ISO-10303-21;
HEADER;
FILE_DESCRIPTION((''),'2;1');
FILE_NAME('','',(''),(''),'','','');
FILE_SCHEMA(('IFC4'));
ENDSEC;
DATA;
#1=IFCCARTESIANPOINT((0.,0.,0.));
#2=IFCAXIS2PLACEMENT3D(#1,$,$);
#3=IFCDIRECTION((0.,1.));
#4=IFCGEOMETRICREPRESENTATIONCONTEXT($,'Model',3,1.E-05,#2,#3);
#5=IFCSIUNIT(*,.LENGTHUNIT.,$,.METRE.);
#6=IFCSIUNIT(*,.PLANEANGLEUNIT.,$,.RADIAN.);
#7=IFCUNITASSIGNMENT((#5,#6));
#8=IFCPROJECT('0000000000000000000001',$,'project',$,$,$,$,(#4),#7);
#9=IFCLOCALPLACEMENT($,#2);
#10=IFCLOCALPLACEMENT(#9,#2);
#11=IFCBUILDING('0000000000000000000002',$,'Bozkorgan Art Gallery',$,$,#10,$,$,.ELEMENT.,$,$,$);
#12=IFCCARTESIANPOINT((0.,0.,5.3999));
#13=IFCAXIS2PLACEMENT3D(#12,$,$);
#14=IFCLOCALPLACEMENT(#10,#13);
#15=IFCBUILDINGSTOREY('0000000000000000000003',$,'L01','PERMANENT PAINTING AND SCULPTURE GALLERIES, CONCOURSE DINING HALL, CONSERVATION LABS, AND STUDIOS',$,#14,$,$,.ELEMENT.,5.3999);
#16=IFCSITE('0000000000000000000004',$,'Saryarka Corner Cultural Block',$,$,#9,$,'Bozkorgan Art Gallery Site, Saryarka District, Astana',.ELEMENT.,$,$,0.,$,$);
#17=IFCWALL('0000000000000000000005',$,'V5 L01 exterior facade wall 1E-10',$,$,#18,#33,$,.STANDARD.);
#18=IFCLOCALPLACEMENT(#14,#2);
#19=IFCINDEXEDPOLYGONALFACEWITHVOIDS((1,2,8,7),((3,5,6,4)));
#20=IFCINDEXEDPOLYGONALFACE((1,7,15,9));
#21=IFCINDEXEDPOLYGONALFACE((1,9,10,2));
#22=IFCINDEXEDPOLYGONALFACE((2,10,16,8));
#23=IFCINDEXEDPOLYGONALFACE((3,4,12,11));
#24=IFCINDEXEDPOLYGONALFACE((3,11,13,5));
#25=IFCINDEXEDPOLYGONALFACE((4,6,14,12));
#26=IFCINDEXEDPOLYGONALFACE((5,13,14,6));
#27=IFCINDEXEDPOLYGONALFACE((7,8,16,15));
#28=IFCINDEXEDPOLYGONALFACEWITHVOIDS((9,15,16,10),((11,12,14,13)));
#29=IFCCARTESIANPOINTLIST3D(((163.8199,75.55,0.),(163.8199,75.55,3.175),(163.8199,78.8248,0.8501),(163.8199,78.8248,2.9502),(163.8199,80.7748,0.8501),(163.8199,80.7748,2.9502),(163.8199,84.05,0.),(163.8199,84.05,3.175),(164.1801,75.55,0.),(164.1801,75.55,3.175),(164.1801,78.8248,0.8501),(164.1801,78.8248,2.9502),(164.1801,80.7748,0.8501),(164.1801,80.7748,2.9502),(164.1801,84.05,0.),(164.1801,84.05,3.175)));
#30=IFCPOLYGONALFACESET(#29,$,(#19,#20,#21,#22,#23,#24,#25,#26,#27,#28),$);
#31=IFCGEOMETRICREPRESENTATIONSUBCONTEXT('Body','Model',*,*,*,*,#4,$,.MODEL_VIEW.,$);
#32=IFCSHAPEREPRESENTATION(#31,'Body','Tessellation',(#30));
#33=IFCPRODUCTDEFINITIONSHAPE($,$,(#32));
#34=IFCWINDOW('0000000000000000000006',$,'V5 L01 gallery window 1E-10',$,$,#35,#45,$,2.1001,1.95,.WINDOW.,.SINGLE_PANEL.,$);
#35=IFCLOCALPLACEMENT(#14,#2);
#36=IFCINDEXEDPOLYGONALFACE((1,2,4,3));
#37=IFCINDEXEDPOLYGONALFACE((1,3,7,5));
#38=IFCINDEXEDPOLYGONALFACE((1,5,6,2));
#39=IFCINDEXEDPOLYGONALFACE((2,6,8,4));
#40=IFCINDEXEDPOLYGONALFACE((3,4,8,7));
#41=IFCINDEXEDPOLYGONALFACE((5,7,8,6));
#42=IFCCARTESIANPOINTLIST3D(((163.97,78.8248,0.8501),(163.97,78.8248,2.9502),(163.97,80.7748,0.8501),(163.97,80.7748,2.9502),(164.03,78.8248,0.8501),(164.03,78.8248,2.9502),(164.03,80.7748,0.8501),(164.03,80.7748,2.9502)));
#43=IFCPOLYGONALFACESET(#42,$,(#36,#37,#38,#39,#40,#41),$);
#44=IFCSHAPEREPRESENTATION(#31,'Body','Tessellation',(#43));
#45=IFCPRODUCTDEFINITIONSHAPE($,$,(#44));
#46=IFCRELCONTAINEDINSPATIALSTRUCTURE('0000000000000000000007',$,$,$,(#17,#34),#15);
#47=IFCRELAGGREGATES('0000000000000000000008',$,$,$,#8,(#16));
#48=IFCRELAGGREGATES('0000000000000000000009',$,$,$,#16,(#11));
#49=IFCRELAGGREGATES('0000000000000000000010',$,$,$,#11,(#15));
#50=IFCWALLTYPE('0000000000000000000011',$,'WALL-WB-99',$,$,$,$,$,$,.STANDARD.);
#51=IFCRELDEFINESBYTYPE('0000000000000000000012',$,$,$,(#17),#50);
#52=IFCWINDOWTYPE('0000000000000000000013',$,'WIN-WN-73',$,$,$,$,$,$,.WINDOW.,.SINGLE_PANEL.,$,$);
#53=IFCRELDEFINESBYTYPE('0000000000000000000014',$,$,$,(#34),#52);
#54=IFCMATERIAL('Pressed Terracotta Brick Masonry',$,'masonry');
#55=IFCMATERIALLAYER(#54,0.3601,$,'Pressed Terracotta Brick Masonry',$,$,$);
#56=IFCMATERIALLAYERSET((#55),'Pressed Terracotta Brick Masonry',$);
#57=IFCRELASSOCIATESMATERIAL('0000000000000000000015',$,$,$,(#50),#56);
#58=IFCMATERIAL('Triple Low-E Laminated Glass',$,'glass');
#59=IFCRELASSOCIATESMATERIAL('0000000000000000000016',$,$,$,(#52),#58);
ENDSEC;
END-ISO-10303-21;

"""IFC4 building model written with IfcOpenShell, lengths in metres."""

from ifc_helpers import new_model, si_unit, direction, frame, frame_2d, origin, place, context, subcontext, project, spatial, rectangle, extrude, material, layer, layer_set, type_object, element, fill, save


model = new_model("IFC4")

# Units and contexts
model_context = context("Model", 3, precision=1e-05, world=origin(), true_north=direction((0.0, 1.0)))
body_context = subcontext(model_context, "Body", "Model", "MODEL_VIEW")
ifc_project = project(units=[si_unit("LENGTHUNIT", "METRE"), si_unit("PLANEANGLEUNIT", "RADIAN")], contexts=[model_context])

# Site, building, storey
site_placement = place(None, origin())
site = spatial("IfcSite", under=ifc_project, at=site_placement, Name="Saryarka Corner Cultural Block", LongName="Bozkorgan Art Gallery Site, Saryarka District, Astana", CompositionType="ELEMENT", RefElevation=0.0)
building_placement = place(site_placement, origin())
building = spatial("IfcBuilding", under=site, at=building_placement, Name="Bozkorgan Art Gallery", CompositionType="ELEMENT")
storey_placement = place(building_placement, frame((0.0, 0.0, 5.3999)))
storey = spatial("IfcBuildingStorey", under=building, at=storey_placement, Name="L01", Description="PERMANENT PAINTING AND SCULPTURE GALLERIES, CONCOURSE DINING HALL, CONSERVATION LABS, AND STUDIOS", CompositionType="ELEMENT", Elevation=5.3999)

# Wall, opening, window
ifc_material_1 = material(Name="Pressed Terracotta Brick Masonry", Category="masonry")
ifc_layer_1 = layer(ifc_material_1, 0.3601, Name="Pressed Terracotta Brick Masonry")
ifc_layer_set_1 = layer_set([ifc_layer_1], Name="Pressed Terracotta Brick Masonry")
wall_type_1 = type_object("IfcWallType", Name="WALL-WB-99", PredefinedType="STANDARD", material=ifc_layer_set_1)
wall_1_placement = place(storey_placement, frame((164.0, 75.55, 0.0), z_axis=(0.0, 0.0, 1.0), x_axis=(0.0, 1.0, 0.0)))
wall_1 = element("IfcWall", 1, at=wall_1_placement, inside=storey, type_object=wall_type_1, Name="V5 L01 exterior facade wall 1E-10", PredefinedType="STANDARD", context=body_context, shape_type="SweptSolid", body=[
    extrude(rectangle(XDim=8.5, YDim=0.3601, at=frame_2d((4.25, 0.0))), origin(), (0.0, 0.0, 1.0), 3.175),
])
opening_1_placement = place(wall_1_placement, frame((5.2249, 0.0, 0.8501), z_axis=(0.0, 0.0, 1.0), x_axis=(-1.0, 0.0, 0.0)))
opening_1 = element("IfcOpeningElement", 2, at=opening_1_placement, cuts=wall_1, PredefinedType="OPENING", context=body_context, shape_type="SweptSolid", body=[
    extrude(rectangle(XDim=1.95, YDim=2.1001, at=frame_2d((0.9751, 1.05))), frame((0.0, 0.1899, 0.0), z_axis=(0.0, -1.0, 0.0), x_axis=(1.0, 0.0, 0.0)), (0.0, 0.0, 1.0), 0.3801),
])
ifc_material_2 = material(Name="Triple Low-E Laminated Glass", Category="glass")
window_type = type_object("IfcWindowType", Name="WIN-WN-73", PartitioningType="SINGLE_PANEL", PredefinedType="WINDOW", material=ifc_material_2)
window_placement = place(opening_1_placement, origin())
window = element("IfcWindow", 3, at=window_placement, inside=storey, type_object=window_type, Name="V5 L01 gallery window 1E-10", OverallHeight=2.1001, OverallWidth=1.95, PartitioningType="SINGLE_PANEL", PredefinedType="WINDOW", context=body_context, shape_type="SweptSolid", body=[
    extrude(rectangle(XDim=1.95, YDim=2.1001, at=frame_2d((0.9751, 1.05))), frame((0.0, 0.03, 0.0), z_axis=(0.0, -1.0, 0.0), x_axis=(1.0, 0.0, 0.0)), (0.0, 0.0, 1.0), 0.0601),
])
fill(opening_1, window)

save(model, "model.ifc")
